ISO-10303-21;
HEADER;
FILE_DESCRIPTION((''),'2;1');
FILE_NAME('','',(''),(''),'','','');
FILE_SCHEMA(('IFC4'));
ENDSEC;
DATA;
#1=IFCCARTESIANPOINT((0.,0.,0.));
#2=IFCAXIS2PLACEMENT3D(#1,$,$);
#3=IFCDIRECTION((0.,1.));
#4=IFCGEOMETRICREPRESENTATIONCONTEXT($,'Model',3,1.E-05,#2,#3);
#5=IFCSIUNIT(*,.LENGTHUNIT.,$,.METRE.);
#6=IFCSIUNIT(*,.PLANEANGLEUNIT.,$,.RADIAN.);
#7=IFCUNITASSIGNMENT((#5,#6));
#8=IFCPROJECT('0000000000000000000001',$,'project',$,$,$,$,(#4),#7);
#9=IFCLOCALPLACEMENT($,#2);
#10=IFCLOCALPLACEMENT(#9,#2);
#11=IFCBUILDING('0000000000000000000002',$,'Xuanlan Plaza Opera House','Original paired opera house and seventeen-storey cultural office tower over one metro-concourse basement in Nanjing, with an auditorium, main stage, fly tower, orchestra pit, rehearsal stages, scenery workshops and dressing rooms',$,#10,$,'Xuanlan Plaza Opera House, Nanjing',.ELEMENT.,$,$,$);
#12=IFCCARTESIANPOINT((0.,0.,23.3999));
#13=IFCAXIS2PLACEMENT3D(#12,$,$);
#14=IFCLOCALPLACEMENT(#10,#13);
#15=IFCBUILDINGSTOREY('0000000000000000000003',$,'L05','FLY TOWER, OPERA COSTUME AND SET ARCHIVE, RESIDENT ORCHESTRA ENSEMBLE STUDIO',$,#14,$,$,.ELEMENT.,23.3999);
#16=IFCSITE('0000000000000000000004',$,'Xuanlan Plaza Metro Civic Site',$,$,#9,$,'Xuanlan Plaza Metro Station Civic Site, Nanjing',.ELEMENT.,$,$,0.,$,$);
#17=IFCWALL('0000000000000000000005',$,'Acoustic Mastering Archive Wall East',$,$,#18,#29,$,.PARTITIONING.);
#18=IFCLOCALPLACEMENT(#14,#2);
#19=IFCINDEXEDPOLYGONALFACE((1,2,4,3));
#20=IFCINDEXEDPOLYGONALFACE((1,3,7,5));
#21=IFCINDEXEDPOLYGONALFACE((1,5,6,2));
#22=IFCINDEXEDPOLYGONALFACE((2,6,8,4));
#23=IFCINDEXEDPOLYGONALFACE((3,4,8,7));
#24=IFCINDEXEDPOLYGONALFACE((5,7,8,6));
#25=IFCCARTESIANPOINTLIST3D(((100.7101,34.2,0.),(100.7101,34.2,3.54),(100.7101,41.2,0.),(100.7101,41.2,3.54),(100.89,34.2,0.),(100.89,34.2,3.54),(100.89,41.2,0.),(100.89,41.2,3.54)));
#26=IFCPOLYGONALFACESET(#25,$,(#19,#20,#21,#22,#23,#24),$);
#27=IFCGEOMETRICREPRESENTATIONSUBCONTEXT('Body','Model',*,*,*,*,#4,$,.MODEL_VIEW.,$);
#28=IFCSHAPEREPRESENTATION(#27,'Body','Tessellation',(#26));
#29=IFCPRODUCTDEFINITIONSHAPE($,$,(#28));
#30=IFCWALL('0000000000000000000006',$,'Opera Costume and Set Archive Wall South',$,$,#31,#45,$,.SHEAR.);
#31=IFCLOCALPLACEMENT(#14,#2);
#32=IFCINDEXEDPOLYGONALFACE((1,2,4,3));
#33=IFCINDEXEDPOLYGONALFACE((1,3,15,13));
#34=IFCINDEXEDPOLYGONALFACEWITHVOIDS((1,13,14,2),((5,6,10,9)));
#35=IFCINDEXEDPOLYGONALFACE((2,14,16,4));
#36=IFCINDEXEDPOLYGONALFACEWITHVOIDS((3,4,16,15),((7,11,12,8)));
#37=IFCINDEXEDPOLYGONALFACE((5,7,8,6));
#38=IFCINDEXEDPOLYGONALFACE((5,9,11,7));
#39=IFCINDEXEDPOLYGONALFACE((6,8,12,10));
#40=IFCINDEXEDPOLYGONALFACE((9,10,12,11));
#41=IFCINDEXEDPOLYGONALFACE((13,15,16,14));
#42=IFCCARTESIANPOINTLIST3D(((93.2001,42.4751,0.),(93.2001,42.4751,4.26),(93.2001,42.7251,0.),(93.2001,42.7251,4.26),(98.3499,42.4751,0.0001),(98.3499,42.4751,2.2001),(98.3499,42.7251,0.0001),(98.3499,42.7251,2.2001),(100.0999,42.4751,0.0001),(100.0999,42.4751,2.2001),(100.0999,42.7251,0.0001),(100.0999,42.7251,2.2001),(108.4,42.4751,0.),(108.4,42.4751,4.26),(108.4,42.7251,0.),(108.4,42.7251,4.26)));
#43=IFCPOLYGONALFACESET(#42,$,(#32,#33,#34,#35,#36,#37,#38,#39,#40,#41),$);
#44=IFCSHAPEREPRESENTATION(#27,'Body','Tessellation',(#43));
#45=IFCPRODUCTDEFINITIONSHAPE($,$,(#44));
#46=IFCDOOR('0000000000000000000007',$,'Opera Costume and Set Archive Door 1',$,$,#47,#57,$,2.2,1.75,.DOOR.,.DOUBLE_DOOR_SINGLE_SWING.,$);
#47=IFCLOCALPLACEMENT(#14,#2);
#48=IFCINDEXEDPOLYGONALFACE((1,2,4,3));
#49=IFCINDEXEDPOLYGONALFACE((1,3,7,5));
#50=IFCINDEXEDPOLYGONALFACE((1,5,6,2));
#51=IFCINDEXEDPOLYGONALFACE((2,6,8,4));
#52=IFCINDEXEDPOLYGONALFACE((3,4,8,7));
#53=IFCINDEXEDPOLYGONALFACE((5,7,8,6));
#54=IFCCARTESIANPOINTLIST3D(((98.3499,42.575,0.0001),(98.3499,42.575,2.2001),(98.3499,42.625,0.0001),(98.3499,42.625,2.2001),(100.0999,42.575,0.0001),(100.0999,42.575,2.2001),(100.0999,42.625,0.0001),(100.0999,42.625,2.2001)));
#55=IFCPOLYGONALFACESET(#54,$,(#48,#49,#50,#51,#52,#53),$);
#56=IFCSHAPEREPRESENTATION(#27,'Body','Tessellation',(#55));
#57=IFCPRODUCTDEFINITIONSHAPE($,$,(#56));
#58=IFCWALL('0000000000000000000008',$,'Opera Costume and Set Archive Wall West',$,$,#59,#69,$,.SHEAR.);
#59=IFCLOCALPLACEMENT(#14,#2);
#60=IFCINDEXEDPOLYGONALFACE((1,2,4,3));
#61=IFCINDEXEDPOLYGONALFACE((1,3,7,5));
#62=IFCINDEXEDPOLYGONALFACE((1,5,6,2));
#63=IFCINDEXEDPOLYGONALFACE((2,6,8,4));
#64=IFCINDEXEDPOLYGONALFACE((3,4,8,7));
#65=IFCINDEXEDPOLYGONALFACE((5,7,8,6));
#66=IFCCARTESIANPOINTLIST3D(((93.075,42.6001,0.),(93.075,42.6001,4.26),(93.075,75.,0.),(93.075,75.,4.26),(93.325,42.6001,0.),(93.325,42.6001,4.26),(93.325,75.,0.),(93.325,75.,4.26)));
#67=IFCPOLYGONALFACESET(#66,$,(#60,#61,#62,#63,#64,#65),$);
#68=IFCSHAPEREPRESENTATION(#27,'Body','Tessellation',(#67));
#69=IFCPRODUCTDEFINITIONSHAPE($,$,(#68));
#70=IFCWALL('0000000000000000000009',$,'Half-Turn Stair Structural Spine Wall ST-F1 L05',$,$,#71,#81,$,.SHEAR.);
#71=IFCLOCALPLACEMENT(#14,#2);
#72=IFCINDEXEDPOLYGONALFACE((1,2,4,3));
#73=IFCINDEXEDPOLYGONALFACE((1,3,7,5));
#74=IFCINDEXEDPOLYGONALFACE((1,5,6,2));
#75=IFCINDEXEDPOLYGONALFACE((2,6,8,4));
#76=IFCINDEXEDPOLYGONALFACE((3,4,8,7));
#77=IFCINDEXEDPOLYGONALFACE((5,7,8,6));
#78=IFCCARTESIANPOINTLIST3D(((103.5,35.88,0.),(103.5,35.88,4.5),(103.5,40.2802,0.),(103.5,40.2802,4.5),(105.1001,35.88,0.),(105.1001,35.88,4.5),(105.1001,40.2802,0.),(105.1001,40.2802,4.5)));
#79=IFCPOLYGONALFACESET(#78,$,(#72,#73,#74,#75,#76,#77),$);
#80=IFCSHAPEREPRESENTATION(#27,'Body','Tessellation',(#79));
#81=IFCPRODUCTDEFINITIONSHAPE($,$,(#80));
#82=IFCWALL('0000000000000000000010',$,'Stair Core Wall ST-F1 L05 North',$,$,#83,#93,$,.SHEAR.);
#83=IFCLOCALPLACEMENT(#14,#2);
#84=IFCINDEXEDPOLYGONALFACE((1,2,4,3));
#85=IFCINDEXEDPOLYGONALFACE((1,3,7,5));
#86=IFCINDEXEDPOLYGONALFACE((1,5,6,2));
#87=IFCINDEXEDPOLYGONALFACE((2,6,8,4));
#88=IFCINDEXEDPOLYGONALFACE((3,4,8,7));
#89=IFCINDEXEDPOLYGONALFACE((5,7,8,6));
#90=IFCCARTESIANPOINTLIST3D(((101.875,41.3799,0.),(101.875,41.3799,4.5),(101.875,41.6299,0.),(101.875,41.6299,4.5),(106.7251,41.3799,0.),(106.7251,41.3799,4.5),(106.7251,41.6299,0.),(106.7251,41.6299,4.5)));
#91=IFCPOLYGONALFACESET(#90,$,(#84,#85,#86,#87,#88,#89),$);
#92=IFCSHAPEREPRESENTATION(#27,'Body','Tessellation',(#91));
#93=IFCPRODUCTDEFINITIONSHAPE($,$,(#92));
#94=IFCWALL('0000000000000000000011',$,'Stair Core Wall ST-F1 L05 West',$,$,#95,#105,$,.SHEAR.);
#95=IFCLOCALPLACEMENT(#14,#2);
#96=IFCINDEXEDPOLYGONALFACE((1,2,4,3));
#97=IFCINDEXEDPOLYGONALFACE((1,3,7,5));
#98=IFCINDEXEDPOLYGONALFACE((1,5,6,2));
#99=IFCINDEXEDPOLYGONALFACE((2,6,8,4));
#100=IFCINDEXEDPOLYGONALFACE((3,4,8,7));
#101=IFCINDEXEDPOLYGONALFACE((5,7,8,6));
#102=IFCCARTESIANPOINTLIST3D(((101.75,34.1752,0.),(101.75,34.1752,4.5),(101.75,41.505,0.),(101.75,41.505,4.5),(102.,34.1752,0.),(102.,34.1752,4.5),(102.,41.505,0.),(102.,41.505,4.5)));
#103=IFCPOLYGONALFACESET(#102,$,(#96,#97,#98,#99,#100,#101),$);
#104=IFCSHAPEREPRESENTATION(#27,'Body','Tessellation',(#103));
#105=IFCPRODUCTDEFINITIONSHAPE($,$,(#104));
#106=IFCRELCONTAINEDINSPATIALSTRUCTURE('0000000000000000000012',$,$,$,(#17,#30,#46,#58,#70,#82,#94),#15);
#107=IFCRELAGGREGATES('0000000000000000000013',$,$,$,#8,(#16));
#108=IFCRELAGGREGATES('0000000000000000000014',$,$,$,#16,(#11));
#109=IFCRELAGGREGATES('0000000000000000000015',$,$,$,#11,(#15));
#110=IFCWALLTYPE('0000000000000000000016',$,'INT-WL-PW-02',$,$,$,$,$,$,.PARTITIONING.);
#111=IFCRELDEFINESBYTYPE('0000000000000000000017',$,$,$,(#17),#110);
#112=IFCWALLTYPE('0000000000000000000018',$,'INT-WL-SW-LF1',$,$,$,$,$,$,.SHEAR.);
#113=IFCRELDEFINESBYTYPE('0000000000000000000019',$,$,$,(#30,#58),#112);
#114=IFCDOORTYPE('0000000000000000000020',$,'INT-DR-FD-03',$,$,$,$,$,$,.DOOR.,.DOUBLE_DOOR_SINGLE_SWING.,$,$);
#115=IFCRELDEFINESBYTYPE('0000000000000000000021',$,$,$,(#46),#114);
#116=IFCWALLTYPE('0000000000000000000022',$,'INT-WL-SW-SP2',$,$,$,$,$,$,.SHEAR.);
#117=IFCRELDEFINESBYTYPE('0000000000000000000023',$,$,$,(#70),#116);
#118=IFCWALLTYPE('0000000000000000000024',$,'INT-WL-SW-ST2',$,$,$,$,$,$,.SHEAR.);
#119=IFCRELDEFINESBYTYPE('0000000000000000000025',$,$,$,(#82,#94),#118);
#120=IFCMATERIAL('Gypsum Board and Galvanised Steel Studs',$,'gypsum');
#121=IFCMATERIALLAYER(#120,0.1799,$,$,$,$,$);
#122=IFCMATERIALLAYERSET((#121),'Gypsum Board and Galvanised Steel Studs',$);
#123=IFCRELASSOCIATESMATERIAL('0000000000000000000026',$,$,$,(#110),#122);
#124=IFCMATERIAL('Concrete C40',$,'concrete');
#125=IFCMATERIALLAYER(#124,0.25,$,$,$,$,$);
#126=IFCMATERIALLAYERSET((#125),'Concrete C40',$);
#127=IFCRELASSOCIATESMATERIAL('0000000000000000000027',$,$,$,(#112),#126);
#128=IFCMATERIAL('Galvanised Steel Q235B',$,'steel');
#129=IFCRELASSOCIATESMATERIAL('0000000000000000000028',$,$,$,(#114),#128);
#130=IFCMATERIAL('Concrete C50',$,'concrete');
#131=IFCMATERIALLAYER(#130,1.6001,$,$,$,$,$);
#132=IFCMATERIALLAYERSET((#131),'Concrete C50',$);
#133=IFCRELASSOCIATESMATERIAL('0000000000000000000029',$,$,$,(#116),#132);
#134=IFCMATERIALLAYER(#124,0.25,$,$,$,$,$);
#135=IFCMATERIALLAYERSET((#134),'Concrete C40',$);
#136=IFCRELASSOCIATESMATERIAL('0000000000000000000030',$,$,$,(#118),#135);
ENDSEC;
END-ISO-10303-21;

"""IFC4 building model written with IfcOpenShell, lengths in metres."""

from ifc_helpers import new_model, si_unit, direction, frame, frame_2d, origin, place, context, subcontext, project, spatial, rectangle, extrude, material, layer, layer_set, type_object, element, fill, save


model = new_model("IFC4")

# Units and contexts
model_context = context("Model", 3, precision=1e-05, world=origin(), true_north=direction((0.0, 1.0)))
body_context = subcontext(model_context, "Body", "Model", "MODEL_VIEW")
ifc_project = project(units=[si_unit("LENGTHUNIT", "METRE"), si_unit("PLANEANGLEUNIT", "RADIAN")], contexts=[model_context])

# Site, building, storey
site_placement = place(None, origin())
site = spatial("IfcSite", under=ifc_project, at=site_placement, Name="Xuanlan Plaza Metro Civic Site", LongName="Xuanlan Plaza Metro Station Civic Site, Nanjing", CompositionType="ELEMENT", RefElevation=0.0)
building_placement = place(site_placement, origin())
building = spatial("IfcBuilding", under=site, at=building_placement, Name="Xuanlan Plaza Opera House", Description="Original paired opera house and seventeen-storey cultural office tower over one metro-concourse basement in Nanjing, with an auditorium, main stage, fly tower, orchestra pit, rehearsal stages, scenery workshops and dressing rooms", LongName="Xuanlan Plaza Opera House, Nanjing", CompositionType="ELEMENT")
storey_placement = place(building_placement, frame((0.0, 0.0, 23.3999)))
storey = spatial("IfcBuildingStorey", under=building, at=storey_placement, Name="L05", Description="FLY TOWER, OPERA COSTUME AND SET ARCHIVE, RESIDENT ORCHESTRA ENSEMBLE STUDIO", CompositionType="ELEMENT", Elevation=23.3999)

# Shared definitions
ifc_material_1 = material(Name="Concrete C50", Category="concrete")

# Shared definitions
ifc_material_2 = material(Name="Concrete C40", Category="concrete")

# Wall
ifc_material_3 = material(Name="Gypsum Board and Galvanised Steel Studs", Category="gypsum")
ifc_layer_1 = layer(ifc_material_3, 0.1799)
ifc_layer_set_1 = layer_set([ifc_layer_1], Name="Gypsum Board and Galvanised Steel Studs")
wall_type_1 = type_object("IfcWallType", Name="INT-WL-PW-02", PredefinedType="PARTITIONING", material=ifc_layer_set_1)
wall_1_placement = place(storey_placement, frame((100.8, 34.2, 0.0), z_axis=(0.0, 0.0, 1.0), x_axis=(0.0, 1.0, 0.0)))
element("IfcWall", 1, at=wall_1_placement, inside=storey, type_object=wall_type_1, Name="Acoustic Mastering Archive Wall East", PredefinedType="PARTITIONING", context=body_context, shape_type="SweptSolid", body=[
    extrude(rectangle(XDim=7.0, YDim=0.1799, at=frame_2d((3.5, 0.0))), origin(), (0.0, 0.0, 1.0), 3.54),
])

# Wall, opening, door
ifc_layer_2 = layer(ifc_material_2, 0.25)
ifc_layer_set_2 = layer_set([ifc_layer_2], Name="Concrete C40")
wall_type_2 = type_object("IfcWallType", Name="INT-WL-SW-LF1", PredefinedType="SHEAR", material=ifc_layer_set_2)
wall_2_placement = place(storey_placement, frame((93.2, 42.6001, 0.0), z_axis=(0.0, 0.0, 1.0), x_axis=(1.0, 0.0, 0.0)))
wall_2 = element("IfcWall", 2, at=wall_2_placement, inside=storey, type_object=wall_type_2, Name="Opera Costume and Set Archive Wall South", PredefinedType="SHEAR", context=body_context, shape_type="SweptSolid", body=[
    extrude(rectangle(XDim=15.2, YDim=0.25, at=frame_2d((7.6001, 0.0))), origin(), (0.0, 0.0, 1.0), 4.26),
])
opening_placement = place(wall_2_placement, frame((5.1499, 0.0, 0.0)))
opening = element("IfcOpeningElement", 3, at=opening_placement, cuts=wall_2, PredefinedType="OPENING", context=body_context, shape_type="SweptSolid", body=[
    extrude(rectangle(XDim=1.75, YDim=2.2, at=frame_2d((0.875, 1.1001))), frame((0.0, 0.135, 0.0), z_axis=(0.0, -1.0, 0.0), x_axis=(1.0, 0.0, 0.0)), (0.0, 0.0, 1.0), 0.27),
])
ifc_material_4 = material(Name="Galvanised Steel Q235B", Category="steel")
door_type = type_object("IfcDoorType", Name="INT-DR-FD-03", OperationType="DOUBLE_DOOR_SINGLE_SWING", PredefinedType="DOOR", material=ifc_material_4)
door_placement = place(opening_placement, origin())
door = element("IfcDoor", 4, at=door_placement, inside=storey, type_object=door_type, Name="Opera Costume and Set Archive Door 1", OperationType="DOUBLE_DOOR_SINGLE_SWING", OverallHeight=2.2, OverallWidth=1.75, PredefinedType="DOOR", context=body_context, shape_type="SweptSolid", body=[
    extrude(rectangle(XDim=1.75, YDim=2.2, at=frame_2d((0.875, 1.1001))), frame((0.0, 0.0249, 0.0), z_axis=(0.0, -1.0, 0.0), x_axis=(1.0, 0.0, 0.0)), (0.0, 0.0, 1.0), 0.05),
])
fill(opening, door)

# Walls
wall_3_placement = place(storey_placement, frame((93.2, 42.6001, 0.0), z_axis=(0.0, 0.0, 1.0), x_axis=(0.0, 1.0, 0.0)))
element("IfcWall", 5, at=wall_3_placement, inside=storey, type_object=wall_type_2, Name="Opera Costume and Set Archive Wall West", PredefinedType="SHEAR", context=body_context, shape_type="SweptSolid", body=[
    extrude(rectangle(XDim=32.3999, YDim=0.25, at=frame_2d((16.2, 0.0))), origin(), (0.0, 0.0, 1.0), 4.26),
])
ifc_layer_3 = layer(ifc_material_1, 1.6001)
ifc_layer_set_3 = layer_set([ifc_layer_3], Name="Concrete C50")
wall_type_3 = type_object("IfcWallType", Name="INT-WL-SW-SP2", PredefinedType="SHEAR", material=ifc_layer_set_3)
wall_4_placement = place(storey_placement, frame((104.3, 35.8799, 0.0), z_axis=(0.0, 0.0, 1.0), x_axis=(0.0, 1.0, 0.0)))
element("IfcWall", 6, at=wall_4_placement, inside=storey, type_object=wall_type_3, Name="Half-Turn Stair Structural Spine Wall ST-F1 L05", PredefinedType="SHEAR", context=body_context, shape_type="SweptSolid", body=[
    extrude(rectangle(XDim=4.4001, YDim=1.6001, at=frame_2d((2.2002, 0.0))), origin(), (0.0, 0.0, 1.0), 4.5),
])
ifc_layer_4 = layer(ifc_material_2, 0.25)
ifc_layer_set_4 = layer_set([ifc_layer_4], Name="Concrete C40")
wall_type_4 = type_object("IfcWallType", Name="INT-WL-SW-ST2", PredefinedType="SHEAR", material=ifc_layer_set_4)
wall_5_placement = place(storey_placement, frame((101.875, 41.5049, 0.0), z_axis=(0.0, 0.0, 1.0), x_axis=(1.0, 0.0, 0.0)))
element("IfcWall", 7, at=wall_5_placement, inside=storey, type_object=wall_type_4, Name="Stair Core Wall ST-F1 L05 North", PredefinedType="SHEAR", context=body_context, shape_type="SweptSolid", body=[
    extrude(rectangle(XDim=4.8501, YDim=0.25, at=frame_2d((2.425, 0.0))), origin(), (0.0, 0.0, 1.0), 4.5),
])
wall_6_placement = place(storey_placement, frame((101.875, 34.175, 0.0), z_axis=(0.0, 0.0, 1.0), x_axis=(0.0, 1.0, 0.0)))
element("IfcWall", 8, at=wall_6_placement, inside=storey, type_object=wall_type_4, Name="Stair Core Wall ST-F1 L05 West", PredefinedType="SHEAR", context=body_context, shape_type="SweptSolid", body=[
    extrude(rectangle(XDim=7.3298, YDim=0.25, at=frame_2d((3.665, 0.0))), origin(), (0.0, 0.0, 1.0), 4.5),
])

save(model, "model.ifc")
